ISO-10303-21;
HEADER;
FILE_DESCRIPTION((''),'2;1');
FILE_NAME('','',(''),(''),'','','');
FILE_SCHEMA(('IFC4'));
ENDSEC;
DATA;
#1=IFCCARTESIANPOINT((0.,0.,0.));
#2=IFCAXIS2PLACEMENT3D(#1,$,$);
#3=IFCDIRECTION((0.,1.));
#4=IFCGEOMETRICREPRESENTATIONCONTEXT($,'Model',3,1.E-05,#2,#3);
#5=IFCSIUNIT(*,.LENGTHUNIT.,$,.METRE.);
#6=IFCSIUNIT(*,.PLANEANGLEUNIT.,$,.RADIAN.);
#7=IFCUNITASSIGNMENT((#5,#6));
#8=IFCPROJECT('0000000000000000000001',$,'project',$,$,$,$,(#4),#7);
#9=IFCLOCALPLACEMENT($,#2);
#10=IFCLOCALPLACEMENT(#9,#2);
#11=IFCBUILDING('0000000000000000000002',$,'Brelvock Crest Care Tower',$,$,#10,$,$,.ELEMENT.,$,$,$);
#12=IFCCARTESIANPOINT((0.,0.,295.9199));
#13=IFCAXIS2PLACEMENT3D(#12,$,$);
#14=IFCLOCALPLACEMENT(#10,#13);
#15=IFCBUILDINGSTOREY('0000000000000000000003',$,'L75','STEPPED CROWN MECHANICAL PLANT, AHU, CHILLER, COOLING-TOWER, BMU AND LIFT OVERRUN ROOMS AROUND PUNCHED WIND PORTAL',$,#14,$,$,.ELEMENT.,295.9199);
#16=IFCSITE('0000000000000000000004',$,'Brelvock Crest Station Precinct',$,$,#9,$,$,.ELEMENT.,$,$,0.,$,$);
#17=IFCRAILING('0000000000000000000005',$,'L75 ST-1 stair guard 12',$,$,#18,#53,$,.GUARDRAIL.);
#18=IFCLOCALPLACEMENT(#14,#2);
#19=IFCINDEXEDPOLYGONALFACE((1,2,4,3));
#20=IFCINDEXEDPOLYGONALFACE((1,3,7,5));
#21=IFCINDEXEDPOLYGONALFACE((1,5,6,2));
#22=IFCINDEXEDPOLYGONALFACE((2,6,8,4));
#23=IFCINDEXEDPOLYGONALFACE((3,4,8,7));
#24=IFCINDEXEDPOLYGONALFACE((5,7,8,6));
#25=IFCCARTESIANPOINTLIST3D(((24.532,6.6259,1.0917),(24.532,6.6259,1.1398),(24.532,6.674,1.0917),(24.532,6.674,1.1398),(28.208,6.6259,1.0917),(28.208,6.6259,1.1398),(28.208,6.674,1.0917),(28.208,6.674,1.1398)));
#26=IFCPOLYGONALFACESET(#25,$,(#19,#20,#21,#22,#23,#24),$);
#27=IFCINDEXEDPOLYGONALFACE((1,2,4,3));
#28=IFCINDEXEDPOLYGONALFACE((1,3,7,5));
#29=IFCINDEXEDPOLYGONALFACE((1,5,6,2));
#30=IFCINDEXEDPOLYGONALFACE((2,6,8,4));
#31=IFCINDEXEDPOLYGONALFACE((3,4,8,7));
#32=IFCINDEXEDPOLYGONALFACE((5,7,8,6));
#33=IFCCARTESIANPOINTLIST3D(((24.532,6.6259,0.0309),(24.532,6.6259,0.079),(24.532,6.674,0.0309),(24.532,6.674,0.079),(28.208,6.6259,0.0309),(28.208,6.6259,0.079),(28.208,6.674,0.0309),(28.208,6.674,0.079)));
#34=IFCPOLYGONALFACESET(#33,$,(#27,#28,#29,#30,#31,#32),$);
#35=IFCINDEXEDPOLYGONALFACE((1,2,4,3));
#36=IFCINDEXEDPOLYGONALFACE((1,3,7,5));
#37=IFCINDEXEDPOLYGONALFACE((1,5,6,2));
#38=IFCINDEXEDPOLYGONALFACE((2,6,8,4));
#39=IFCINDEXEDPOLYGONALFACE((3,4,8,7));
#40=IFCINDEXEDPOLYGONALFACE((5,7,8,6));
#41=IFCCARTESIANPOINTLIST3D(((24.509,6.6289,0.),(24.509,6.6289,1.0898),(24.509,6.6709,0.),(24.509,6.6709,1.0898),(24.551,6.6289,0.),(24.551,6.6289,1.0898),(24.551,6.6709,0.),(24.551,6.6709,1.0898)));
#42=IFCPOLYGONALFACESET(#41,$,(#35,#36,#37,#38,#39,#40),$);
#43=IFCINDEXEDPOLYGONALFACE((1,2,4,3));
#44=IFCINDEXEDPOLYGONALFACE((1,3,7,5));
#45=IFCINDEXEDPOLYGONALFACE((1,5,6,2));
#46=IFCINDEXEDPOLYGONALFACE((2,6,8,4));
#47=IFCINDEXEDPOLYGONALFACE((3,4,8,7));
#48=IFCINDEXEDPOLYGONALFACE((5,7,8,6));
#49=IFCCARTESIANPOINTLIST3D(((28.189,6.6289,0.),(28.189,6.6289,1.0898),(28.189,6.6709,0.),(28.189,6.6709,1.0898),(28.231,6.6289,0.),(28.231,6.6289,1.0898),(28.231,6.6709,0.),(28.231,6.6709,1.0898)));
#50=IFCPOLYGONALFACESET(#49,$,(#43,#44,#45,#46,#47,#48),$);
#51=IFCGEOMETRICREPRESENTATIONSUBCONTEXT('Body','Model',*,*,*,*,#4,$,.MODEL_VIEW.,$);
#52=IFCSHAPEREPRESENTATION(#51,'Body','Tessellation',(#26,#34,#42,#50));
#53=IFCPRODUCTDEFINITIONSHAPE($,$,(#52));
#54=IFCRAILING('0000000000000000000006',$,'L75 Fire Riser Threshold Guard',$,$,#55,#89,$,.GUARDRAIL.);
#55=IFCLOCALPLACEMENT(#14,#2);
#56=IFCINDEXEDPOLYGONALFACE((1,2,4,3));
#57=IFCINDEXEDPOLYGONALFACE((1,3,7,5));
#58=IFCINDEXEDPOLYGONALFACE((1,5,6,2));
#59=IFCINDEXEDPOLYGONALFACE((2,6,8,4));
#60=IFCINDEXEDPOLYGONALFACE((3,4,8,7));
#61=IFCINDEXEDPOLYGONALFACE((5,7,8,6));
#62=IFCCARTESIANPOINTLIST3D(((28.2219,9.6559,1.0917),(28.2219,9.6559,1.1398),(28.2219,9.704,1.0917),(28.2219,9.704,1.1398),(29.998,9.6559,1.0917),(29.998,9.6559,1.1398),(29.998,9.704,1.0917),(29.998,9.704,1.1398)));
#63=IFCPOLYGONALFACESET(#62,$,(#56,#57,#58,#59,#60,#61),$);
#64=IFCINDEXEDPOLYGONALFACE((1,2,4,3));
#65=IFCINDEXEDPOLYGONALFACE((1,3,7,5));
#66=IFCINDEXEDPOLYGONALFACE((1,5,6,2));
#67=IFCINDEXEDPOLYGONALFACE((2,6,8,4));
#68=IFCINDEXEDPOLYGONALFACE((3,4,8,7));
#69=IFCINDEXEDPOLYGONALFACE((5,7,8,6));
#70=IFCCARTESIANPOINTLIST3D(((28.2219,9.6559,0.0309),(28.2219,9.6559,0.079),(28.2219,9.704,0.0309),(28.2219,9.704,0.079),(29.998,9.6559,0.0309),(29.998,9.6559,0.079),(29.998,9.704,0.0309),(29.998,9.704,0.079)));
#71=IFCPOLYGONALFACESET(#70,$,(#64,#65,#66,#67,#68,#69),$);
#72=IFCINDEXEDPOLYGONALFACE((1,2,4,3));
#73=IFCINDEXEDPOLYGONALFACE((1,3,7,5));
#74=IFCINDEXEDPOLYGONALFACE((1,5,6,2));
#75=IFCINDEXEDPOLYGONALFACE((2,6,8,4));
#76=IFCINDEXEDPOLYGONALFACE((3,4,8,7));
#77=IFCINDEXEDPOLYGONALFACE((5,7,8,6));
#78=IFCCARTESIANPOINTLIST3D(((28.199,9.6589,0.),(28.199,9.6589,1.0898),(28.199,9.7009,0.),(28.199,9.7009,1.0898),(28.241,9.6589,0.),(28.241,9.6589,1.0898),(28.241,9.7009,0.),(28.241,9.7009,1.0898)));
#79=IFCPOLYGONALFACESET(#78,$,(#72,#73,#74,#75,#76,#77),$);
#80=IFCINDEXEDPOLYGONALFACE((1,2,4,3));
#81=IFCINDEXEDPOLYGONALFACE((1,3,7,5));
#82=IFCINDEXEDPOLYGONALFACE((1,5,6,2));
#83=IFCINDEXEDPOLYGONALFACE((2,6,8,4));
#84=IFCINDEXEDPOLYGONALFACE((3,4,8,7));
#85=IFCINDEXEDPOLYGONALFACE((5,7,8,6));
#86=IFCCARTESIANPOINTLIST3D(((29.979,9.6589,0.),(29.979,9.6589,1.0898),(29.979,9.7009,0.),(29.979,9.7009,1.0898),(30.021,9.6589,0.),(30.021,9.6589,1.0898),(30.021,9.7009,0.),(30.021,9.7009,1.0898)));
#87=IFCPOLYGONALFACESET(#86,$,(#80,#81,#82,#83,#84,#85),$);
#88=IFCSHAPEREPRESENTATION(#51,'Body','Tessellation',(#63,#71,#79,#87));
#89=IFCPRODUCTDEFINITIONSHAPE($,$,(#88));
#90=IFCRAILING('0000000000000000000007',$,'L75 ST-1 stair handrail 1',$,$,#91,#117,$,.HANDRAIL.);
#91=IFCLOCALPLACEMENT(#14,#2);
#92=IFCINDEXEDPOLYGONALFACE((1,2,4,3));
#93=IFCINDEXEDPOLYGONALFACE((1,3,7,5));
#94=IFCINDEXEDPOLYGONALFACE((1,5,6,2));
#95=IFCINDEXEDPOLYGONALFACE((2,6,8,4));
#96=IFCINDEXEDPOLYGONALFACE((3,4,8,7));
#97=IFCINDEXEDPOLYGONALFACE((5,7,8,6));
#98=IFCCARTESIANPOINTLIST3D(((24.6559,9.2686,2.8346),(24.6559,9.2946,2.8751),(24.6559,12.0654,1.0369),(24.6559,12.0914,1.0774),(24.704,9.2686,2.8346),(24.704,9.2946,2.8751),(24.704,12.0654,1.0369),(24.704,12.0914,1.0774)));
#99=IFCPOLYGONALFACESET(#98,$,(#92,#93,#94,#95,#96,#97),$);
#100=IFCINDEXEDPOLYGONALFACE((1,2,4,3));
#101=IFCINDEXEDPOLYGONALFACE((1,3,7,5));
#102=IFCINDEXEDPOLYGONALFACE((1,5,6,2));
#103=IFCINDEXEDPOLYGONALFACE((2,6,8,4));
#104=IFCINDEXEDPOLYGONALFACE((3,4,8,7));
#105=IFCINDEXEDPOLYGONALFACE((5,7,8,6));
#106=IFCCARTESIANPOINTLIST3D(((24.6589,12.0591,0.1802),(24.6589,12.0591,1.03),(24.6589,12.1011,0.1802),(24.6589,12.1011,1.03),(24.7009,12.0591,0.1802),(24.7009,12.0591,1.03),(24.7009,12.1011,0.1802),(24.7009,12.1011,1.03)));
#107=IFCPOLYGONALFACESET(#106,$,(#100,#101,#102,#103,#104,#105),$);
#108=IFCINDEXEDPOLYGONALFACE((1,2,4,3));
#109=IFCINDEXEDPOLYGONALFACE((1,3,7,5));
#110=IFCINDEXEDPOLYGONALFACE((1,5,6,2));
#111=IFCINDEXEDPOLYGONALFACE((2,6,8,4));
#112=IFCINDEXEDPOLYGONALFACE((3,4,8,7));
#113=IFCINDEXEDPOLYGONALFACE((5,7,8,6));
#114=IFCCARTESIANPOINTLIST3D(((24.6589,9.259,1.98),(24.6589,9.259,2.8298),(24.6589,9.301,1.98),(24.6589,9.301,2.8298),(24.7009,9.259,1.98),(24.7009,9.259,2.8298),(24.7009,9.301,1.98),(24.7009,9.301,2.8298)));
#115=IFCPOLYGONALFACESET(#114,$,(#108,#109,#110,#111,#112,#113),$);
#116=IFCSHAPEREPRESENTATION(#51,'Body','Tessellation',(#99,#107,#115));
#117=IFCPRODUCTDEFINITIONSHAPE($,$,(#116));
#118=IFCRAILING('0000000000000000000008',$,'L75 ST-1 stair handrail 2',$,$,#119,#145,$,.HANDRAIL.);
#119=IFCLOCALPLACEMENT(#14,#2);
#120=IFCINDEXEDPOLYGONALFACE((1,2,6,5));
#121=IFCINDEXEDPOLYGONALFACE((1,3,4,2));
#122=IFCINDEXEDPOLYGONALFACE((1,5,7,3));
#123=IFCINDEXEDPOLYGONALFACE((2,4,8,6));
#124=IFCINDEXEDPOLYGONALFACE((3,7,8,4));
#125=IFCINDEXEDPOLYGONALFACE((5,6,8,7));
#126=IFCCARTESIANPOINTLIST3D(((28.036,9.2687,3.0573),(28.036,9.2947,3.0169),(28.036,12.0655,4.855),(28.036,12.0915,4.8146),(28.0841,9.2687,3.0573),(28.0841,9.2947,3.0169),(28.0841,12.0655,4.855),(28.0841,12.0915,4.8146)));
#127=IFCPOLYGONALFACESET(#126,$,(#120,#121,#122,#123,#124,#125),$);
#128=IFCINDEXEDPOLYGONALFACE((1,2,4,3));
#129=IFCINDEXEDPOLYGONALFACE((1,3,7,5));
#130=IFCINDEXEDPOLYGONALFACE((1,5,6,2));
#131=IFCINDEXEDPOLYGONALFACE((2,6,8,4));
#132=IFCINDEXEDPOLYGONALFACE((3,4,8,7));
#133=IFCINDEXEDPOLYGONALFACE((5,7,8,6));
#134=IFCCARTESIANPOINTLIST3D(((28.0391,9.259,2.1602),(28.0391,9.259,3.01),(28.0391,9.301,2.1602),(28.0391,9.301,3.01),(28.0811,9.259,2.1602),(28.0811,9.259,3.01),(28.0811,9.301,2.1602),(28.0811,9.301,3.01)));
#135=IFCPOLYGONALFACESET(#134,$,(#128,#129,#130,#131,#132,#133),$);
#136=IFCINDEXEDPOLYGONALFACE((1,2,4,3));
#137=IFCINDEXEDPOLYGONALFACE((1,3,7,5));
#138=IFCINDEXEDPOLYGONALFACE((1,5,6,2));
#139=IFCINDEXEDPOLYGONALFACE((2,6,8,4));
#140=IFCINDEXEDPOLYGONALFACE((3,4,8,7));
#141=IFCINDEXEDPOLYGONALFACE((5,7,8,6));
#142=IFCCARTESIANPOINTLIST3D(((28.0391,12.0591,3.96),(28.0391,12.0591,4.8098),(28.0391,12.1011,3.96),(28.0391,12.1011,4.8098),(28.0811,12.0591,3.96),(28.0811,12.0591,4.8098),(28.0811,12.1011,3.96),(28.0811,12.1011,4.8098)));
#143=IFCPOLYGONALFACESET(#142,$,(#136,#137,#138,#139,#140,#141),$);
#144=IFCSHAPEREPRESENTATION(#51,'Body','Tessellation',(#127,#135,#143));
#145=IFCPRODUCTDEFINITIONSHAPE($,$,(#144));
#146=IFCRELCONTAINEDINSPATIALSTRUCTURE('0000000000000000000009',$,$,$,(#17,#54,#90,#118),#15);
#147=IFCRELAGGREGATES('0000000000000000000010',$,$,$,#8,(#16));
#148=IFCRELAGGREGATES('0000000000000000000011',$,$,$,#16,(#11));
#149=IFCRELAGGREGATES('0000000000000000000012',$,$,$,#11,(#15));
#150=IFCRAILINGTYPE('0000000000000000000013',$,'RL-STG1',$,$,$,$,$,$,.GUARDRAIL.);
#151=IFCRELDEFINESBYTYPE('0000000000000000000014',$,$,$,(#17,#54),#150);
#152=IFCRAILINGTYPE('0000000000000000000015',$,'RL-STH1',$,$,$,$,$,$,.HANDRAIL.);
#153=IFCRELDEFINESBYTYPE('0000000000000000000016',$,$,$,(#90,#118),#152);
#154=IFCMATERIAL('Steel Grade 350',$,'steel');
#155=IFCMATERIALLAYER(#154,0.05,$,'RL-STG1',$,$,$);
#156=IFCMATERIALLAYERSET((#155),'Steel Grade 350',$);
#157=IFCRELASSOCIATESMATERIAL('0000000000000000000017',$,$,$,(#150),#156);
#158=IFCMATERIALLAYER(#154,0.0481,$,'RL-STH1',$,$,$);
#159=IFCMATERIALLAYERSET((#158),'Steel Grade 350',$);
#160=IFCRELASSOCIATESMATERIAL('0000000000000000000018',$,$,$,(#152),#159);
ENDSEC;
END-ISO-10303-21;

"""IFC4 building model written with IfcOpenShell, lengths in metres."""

from ifc_helpers import new_model, si_unit, direction, frame, origin, origin_2d, place, context, subcontext, project, spatial, rectangle, extrude, material, layer, layer_set, type_object, element, save


model = new_model("IFC4")

# Units and contexts
model_context = context("Model", 3, precision=1e-05, world=origin(), true_north=direction((0.0, 1.0)))
body_context = subcontext(model_context, "Body", "Model", "MODEL_VIEW")
ifc_project = project(units=[si_unit("LENGTHUNIT", "METRE"), si_unit("PLANEANGLEUNIT", "RADIAN")], contexts=[model_context])

# Site, building, storey
site_placement = place(None, origin())
site = spatial("IfcSite", under=ifc_project, at=site_placement, Name="Brelvock Crest Station Precinct", CompositionType="ELEMENT", RefElevation=0.0)
building_placement = place(site_placement, origin())
building = spatial("IfcBuilding", under=site, at=building_placement, Name="Brelvock Crest Care Tower", CompositionType="ELEMENT")
storey_placement = place(building_placement, frame((0.0, 0.0, 295.9199)))
storey = spatial("IfcBuildingStorey", under=building, at=storey_placement, Name="L75", Description="STEPPED CROWN MECHANICAL PLANT, AHU, CHILLER, COOLING-TOWER, BMU AND LIFT OVERRUN ROOMS AROUND PUNCHED WIND PORTAL", CompositionType="ELEMENT", Elevation=295.9199)

# Shared definitions
ifc_material_1 = material(Name="Steel Grade 350", Category="steel")

# Railings
ifc_layer_1 = layer(ifc_material_1, 0.05, Name="RL-STG1")
ifc_layer_set_1 = layer_set([ifc_layer_1], Name="Steel Grade 350")
railing_type_1 = type_object("IfcRailingType", Name="RL-STG1", PredefinedType="GUARDRAIL", material=ifc_layer_set_1)
railing_1_placement = place(storey_placement, frame((24.53, 6.6499, 0.0)))
element("IfcRailing", 1, at=railing_1_placement, inside=storey, type_object=railing_type_1, Name="L75 ST-1 stair guard 12", PredefinedType="GUARDRAIL", context=body_context, shape_type="SweptSolid", body=[
    extrude(rectangle(XDim=0.0481, YDim=0.0481, at=origin_2d()), frame((0.002, 0.0, 1.1157), z_axis=(1.0, 0.0, 0.0), x_axis=(0.0, 1.0, 0.0)), (0.0, 0.0, 1.0), 3.676),
    extrude(rectangle(XDim=0.0481, YDim=0.0481, at=origin_2d()), frame((0.002, 0.0, 0.0549), z_axis=(1.0, 0.0, 0.0), x_axis=(0.0, 1.0, 0.0)), (0.0, 0.0, 1.0), 3.676),
    extrude(rectangle(XDim=0.042, YDim=0.042, at=origin_2d()), origin(), (0.0, 0.0, 1.0), 1.0898),
    extrude(rectangle(XDim=0.042, YDim=0.042, at=origin_2d()), frame((3.6799, 0.0, 0.0)), (0.0, 0.0, 1.0), 1.0898),
])
railing_2_placement = place(storey_placement, frame((28.22, 9.6799, 0.0)))
element("IfcRailing", 2, at=railing_2_placement, inside=storey, type_object=railing_type_1, Name="L75 Fire Riser Threshold Guard", PredefinedType="GUARDRAIL", context=body_context, shape_type="SweptSolid", body=[
    extrude(rectangle(XDim=0.0481, YDim=0.0481, at=origin_2d()), frame((0.002, 0.0, 1.1157), z_axis=(1.0, 0.0, 0.0), x_axis=(0.0, 1.0, 0.0)), (0.0, 0.0, 1.0), 1.7761),
    extrude(rectangle(XDim=0.0481, YDim=0.0481, at=origin_2d()), frame((0.002, 0.0, 0.0549), z_axis=(1.0, 0.0, 0.0), x_axis=(0.0, 1.0, 0.0)), (0.0, 0.0, 1.0), 1.7761),
    extrude(rectangle(XDim=0.042, YDim=0.042, at=origin_2d()), origin(), (0.0, 0.0, 1.0), 1.0898),
    extrude(rectangle(XDim=0.042, YDim=0.042, at=origin_2d()), frame((1.78, 0.0, 0.0)), (0.0, 0.0, 1.0), 1.0898),
])
ifc_layer_2 = layer(ifc_material_1, 0.0481, Name="RL-STH1")
ifc_layer_set_2 = layer_set([ifc_layer_2], Name="Steel Grade 350")
railing_type_2 = type_object("IfcRailingType", Name="RL-STH1", PredefinedType="HANDRAIL", material=ifc_layer_set_2)
railing_3_placement = place(storey_placement, frame((24.6799, 12.0801, 0.1802)))
element("IfcRailing", 3, at=railing_3_placement, inside=storey, type_object=railing_type_2, Name="L75 ST-1 stair handrail 1", PredefinedType="HANDRAIL", context=body_context, shape_type="SweptSolid", body=[
    extrude(rectangle(XDim=0.0481, YDim=0.0481, at=origin_2d()), frame((0.0, -0.0017, 0.877), z_axis=(0.0, -0.841209, 0.540709), x_axis=(1.0, 0.0, 0.0)), (0.0, 0.0, 1.0), 3.3247),
    extrude(rectangle(XDim=0.042, YDim=0.042, at=origin_2d()), origin(), (0.0, 0.0, 1.0), 0.8499),
    extrude(rectangle(XDim=0.042, YDim=0.042, at=origin_2d()), frame((0.0, -2.8, 1.7998)), (0.0, 0.0, 1.0), 0.8499),
])
railing_4_placement = place(storey_placement, frame((28.0601, 9.28, 2.1602)))
element("IfcRailing", 4, at=railing_4_placement, inside=storey, type_object=railing_type_2, Name="L75 ST-1 stair handrail 2", PredefinedType="HANDRAIL", context=body_context, shape_type="SweptSolid", body=[
    extrude(rectangle(XDim=0.0481, YDim=0.0481, at=origin_2d()), frame((0.0, 0.0017, 0.877), z_axis=(0.0, 0.841209, 0.540709), x_axis=(-1.0, 0.0, 0.0)), (0.0, 0.0, 1.0), 3.3247),
    extrude(rectangle(XDim=0.042, YDim=0.042, at=origin_2d()), origin(), (0.0, 0.0, 1.0), 0.8499),
    extrude(rectangle(XDim=0.042, YDim=0.042, at=origin_2d()), frame((0.0, 2.8, 1.7998)), (0.0, 0.0, 1.0), 0.8499),
])

save(model, "model.ifc")
